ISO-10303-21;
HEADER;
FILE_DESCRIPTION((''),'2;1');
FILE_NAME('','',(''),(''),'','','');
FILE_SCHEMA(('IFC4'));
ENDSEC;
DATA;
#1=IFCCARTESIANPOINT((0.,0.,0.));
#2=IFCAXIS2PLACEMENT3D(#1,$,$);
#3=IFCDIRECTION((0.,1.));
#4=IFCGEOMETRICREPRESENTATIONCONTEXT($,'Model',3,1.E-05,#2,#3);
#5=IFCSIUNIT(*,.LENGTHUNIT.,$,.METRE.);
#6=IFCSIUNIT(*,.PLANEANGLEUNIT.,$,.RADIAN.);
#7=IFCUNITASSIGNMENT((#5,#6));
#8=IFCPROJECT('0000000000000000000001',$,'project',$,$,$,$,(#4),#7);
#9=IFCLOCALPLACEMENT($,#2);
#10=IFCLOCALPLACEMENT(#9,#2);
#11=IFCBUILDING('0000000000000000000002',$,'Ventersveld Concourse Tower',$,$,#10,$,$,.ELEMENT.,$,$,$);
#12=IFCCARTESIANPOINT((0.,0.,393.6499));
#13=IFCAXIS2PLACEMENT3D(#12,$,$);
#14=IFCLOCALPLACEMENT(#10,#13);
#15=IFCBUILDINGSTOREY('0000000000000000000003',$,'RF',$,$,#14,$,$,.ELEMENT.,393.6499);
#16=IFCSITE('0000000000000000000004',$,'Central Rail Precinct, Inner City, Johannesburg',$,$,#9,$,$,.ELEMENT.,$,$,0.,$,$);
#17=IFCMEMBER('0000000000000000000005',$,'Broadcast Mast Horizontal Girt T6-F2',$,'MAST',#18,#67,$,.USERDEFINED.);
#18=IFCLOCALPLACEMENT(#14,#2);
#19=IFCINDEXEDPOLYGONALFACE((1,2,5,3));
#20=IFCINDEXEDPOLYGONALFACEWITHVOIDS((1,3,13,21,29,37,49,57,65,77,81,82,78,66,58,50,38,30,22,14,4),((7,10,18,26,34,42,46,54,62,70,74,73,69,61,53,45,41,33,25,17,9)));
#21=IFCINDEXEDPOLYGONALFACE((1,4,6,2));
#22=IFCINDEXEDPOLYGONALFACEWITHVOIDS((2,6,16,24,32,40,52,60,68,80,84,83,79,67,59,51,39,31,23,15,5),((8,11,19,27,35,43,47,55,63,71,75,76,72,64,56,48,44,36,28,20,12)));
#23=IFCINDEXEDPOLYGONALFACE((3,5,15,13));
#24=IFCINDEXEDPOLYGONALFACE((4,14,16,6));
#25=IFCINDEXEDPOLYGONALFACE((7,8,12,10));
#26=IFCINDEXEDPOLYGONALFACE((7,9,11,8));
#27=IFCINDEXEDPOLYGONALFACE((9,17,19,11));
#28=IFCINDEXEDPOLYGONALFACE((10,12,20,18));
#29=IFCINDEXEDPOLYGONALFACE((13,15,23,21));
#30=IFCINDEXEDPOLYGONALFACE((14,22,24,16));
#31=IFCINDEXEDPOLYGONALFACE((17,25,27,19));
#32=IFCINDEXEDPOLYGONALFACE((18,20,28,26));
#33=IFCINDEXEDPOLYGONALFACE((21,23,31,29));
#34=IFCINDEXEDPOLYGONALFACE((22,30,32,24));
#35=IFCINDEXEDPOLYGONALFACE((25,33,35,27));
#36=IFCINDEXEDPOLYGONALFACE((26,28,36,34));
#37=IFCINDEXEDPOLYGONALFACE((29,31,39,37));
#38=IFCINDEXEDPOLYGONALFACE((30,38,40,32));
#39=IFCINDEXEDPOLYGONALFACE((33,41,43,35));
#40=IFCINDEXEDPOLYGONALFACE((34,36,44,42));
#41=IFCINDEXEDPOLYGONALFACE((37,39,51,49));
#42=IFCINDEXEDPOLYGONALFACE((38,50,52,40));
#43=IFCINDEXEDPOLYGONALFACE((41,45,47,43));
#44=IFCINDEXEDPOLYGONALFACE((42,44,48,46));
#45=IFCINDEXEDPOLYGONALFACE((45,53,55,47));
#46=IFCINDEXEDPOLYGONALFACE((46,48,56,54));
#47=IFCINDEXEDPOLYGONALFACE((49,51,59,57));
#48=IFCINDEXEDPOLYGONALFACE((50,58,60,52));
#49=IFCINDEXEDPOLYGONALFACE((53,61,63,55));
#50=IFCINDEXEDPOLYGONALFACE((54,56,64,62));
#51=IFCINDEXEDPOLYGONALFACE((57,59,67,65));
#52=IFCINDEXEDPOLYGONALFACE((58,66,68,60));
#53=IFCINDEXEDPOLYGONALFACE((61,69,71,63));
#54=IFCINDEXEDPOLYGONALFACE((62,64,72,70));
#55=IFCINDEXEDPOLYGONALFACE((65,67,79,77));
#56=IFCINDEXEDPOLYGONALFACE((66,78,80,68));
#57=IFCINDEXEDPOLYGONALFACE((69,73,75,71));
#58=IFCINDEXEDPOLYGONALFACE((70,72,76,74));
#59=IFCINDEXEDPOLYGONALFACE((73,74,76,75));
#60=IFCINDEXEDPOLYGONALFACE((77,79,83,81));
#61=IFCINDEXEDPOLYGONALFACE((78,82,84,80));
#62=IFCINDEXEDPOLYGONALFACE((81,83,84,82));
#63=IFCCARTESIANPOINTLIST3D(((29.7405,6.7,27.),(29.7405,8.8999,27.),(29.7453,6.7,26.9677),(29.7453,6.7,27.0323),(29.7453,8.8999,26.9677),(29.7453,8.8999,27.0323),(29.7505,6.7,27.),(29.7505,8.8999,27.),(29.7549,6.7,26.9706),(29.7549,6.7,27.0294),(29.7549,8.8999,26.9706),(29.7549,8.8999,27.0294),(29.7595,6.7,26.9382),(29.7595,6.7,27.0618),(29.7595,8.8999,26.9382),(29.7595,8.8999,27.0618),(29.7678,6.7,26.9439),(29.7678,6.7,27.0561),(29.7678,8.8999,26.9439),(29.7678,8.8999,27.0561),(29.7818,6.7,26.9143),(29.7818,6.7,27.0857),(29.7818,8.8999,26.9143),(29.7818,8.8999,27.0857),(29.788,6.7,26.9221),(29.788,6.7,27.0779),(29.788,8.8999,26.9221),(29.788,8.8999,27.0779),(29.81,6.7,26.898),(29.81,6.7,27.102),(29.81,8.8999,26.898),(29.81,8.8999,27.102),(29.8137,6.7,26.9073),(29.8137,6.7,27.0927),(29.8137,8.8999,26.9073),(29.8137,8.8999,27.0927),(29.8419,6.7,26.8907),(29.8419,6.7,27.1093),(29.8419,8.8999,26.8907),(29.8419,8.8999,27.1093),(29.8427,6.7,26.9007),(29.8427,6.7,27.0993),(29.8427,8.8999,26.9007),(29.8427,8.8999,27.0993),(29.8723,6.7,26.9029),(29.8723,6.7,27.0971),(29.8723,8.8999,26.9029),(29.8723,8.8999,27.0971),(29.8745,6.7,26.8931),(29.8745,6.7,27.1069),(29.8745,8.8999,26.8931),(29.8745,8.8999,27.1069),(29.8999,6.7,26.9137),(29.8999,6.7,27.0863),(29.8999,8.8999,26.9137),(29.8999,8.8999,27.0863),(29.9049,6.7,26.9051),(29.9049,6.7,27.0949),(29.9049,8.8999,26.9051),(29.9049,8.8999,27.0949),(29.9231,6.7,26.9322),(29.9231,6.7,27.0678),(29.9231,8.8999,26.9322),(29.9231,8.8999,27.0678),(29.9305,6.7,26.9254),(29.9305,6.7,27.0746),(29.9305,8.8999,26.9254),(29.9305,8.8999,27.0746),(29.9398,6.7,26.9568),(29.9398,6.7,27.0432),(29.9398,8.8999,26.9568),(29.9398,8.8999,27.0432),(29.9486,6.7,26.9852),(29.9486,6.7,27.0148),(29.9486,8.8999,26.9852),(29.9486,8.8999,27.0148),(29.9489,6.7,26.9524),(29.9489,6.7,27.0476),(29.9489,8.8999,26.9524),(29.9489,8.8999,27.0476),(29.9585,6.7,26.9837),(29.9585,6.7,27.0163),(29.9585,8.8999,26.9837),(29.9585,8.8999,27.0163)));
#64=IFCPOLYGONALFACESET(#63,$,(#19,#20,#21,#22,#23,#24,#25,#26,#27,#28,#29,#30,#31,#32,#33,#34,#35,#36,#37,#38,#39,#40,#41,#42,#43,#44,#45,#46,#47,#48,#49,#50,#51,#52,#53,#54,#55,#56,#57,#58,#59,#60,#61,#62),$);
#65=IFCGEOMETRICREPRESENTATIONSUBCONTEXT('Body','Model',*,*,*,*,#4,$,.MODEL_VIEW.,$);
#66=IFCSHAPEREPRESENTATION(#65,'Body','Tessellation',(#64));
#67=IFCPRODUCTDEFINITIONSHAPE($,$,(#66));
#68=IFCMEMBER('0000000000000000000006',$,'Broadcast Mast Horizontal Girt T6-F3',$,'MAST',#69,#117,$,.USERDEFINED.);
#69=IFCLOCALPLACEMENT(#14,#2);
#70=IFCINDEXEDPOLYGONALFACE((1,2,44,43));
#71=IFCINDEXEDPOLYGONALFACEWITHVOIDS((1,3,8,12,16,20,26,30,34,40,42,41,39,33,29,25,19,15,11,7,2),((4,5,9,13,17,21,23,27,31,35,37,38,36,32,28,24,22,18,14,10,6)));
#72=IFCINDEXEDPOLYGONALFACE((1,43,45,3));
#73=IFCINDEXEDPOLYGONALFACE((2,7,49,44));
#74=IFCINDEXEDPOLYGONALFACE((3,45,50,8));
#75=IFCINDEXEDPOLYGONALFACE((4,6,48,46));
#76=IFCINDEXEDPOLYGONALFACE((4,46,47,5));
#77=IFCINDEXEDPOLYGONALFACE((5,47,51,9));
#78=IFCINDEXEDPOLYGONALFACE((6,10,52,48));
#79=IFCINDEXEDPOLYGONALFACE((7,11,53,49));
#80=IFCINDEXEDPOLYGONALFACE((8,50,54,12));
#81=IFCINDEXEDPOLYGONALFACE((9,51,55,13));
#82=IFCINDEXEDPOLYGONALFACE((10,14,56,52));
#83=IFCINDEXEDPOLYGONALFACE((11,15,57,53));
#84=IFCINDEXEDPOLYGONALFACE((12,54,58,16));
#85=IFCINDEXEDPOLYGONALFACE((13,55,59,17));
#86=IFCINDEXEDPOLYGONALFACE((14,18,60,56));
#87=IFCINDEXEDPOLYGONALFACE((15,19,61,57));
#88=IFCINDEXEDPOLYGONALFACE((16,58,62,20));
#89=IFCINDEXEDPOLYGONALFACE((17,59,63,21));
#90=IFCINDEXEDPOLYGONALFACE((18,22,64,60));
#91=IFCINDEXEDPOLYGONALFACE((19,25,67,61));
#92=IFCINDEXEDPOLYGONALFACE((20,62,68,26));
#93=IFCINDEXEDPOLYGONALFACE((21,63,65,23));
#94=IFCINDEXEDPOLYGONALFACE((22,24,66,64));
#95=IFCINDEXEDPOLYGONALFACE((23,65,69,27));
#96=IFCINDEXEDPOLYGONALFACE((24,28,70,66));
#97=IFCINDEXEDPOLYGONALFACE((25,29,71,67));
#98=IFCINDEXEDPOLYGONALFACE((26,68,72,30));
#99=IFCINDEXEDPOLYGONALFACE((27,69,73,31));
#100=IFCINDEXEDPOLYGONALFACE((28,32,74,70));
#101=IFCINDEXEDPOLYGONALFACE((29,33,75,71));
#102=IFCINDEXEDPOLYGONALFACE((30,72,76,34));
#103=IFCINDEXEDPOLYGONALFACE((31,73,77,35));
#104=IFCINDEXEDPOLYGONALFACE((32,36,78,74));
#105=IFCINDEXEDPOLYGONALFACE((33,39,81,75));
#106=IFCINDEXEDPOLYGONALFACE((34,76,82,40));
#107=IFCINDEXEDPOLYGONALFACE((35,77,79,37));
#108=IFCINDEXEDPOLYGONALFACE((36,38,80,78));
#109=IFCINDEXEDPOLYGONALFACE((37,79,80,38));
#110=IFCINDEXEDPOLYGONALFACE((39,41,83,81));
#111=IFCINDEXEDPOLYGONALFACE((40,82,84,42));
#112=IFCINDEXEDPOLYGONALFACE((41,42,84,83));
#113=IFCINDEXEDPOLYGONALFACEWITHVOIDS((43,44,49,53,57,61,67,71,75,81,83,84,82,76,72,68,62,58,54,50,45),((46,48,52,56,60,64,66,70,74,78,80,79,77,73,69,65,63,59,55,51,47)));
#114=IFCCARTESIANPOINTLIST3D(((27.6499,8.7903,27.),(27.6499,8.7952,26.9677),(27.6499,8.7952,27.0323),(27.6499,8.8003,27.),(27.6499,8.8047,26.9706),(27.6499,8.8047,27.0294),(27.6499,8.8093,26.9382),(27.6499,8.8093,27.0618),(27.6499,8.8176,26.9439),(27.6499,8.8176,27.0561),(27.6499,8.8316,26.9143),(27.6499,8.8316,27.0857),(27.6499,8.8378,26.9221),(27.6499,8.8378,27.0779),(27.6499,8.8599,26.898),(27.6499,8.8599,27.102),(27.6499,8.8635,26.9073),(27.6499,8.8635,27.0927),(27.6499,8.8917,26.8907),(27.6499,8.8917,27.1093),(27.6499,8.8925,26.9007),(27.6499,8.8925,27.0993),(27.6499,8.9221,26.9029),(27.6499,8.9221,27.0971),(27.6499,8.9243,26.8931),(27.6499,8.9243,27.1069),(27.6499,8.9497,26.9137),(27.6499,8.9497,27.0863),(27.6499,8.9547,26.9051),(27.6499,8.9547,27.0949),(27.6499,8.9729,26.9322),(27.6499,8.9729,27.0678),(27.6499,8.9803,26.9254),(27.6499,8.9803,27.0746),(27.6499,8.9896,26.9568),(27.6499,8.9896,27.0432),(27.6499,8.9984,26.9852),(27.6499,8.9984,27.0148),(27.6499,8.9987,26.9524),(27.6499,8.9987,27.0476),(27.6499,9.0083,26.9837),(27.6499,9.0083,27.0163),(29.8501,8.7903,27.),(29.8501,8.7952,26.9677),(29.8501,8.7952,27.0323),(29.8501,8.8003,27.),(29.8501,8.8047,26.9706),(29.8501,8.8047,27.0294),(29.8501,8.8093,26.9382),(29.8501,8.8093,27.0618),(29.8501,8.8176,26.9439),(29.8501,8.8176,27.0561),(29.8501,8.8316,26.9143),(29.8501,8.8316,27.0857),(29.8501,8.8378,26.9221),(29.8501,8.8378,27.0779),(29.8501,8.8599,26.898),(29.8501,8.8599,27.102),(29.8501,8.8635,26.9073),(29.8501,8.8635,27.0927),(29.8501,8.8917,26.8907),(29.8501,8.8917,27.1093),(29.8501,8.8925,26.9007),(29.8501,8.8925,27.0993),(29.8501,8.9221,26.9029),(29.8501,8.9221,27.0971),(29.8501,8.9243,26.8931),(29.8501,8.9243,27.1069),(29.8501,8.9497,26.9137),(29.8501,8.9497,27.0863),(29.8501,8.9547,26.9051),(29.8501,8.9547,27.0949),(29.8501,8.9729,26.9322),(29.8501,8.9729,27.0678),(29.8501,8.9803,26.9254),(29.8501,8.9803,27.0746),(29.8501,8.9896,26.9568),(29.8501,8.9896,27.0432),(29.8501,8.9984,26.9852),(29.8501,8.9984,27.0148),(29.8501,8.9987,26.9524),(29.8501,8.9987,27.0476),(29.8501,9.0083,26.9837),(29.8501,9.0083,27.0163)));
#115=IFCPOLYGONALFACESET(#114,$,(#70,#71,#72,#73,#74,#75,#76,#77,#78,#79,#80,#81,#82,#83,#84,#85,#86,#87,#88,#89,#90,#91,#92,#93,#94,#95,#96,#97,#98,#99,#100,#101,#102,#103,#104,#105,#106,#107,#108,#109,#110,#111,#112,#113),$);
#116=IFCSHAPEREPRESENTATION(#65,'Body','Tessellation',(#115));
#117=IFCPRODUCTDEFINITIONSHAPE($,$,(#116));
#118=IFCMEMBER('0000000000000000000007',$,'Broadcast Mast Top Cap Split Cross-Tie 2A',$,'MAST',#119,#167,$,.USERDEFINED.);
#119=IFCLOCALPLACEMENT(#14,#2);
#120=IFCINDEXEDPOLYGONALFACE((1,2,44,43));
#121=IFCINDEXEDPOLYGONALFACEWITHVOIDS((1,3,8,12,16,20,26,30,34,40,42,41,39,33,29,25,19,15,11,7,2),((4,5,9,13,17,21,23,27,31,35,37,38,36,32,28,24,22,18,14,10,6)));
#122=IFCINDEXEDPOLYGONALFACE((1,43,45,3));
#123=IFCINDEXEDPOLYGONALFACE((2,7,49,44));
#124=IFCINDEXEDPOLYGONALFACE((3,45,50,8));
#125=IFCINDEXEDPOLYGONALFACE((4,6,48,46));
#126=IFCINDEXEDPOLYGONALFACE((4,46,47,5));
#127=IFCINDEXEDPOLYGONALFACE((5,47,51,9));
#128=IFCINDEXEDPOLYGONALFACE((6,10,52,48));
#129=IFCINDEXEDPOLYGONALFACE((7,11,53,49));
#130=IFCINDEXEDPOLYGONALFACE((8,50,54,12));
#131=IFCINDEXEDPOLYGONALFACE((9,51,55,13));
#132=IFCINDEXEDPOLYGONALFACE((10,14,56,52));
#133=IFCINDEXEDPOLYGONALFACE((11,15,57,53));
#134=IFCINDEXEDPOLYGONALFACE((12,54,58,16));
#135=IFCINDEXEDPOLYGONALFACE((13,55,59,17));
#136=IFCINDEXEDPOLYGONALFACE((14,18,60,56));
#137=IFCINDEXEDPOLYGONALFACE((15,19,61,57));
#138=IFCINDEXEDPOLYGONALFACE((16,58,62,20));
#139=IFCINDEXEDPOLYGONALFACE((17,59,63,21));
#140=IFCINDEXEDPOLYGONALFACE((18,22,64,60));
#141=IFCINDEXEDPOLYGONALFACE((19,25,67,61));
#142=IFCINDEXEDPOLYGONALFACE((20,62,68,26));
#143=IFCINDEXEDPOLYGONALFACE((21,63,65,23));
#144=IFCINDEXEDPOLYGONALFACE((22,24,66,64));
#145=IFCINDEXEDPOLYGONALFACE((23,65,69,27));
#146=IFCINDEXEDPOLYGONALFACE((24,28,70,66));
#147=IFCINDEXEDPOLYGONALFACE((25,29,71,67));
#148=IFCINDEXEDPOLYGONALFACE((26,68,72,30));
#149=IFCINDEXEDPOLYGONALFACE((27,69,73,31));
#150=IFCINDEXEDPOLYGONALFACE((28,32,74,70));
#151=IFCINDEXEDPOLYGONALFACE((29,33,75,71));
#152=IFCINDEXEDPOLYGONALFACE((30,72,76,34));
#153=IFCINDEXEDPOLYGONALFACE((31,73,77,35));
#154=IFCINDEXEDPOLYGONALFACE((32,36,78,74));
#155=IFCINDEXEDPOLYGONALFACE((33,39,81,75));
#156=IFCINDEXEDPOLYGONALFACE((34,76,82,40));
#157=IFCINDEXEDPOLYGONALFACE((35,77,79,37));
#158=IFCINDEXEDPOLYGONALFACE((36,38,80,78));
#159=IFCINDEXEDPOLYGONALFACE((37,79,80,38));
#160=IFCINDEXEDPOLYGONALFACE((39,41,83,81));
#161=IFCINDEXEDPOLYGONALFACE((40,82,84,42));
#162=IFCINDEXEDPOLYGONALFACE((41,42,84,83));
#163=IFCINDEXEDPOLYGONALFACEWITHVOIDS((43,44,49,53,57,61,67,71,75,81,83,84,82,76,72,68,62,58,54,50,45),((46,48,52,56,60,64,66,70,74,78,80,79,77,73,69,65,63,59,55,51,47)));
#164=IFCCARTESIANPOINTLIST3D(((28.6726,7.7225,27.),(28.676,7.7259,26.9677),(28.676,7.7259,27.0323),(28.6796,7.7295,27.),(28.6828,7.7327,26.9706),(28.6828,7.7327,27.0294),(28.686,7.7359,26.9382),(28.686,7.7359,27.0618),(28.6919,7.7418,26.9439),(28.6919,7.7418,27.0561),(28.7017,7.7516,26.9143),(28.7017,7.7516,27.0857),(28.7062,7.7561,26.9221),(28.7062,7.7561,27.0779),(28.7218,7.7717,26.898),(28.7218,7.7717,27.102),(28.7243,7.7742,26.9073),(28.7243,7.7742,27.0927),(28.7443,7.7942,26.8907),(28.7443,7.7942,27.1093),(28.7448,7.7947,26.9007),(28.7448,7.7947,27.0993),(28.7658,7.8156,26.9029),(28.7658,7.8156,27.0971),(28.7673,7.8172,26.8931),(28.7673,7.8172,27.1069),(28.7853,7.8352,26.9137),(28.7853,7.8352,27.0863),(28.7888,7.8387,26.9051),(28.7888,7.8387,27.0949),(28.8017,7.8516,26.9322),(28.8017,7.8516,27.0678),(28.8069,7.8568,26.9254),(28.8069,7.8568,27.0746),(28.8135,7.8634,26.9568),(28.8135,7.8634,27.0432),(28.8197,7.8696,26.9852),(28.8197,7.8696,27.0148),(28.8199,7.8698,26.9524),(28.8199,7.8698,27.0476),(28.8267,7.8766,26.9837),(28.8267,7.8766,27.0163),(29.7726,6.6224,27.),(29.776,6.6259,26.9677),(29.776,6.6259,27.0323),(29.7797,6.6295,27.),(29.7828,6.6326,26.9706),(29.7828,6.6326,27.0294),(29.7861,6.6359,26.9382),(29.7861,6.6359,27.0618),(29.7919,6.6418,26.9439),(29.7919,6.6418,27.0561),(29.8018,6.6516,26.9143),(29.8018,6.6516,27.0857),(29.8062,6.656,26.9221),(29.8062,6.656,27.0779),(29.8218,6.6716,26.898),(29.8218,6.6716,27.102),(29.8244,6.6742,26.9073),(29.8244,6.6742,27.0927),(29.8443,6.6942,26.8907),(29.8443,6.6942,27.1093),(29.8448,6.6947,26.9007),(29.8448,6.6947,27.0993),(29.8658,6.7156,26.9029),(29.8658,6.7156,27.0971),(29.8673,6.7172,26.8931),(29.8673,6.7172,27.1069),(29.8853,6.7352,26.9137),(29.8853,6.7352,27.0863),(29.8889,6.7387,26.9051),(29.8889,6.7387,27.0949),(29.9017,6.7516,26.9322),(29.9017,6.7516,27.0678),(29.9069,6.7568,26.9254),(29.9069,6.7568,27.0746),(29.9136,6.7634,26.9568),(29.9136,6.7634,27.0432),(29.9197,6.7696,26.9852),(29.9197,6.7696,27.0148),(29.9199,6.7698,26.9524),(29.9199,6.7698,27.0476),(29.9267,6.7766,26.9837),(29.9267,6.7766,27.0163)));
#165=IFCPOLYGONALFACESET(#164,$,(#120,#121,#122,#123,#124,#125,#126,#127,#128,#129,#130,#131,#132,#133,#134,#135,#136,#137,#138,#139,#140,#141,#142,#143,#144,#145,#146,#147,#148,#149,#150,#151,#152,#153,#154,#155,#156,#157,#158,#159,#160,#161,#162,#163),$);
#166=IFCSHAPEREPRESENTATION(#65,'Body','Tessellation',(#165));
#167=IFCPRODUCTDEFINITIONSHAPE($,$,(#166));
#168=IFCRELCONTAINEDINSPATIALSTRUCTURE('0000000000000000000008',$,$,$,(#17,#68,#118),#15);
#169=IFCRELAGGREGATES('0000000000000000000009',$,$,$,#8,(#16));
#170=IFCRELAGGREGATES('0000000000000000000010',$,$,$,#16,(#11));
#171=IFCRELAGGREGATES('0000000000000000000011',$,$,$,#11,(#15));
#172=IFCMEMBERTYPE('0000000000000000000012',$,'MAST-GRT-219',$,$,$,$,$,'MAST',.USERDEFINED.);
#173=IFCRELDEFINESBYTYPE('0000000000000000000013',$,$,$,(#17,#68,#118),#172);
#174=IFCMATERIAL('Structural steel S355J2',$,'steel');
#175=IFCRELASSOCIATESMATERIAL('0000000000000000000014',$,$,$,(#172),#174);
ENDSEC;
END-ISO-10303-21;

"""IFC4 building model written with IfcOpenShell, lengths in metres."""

from ifc_helpers import new_model, si_unit, direction, frame, origin, origin_2d, place, context, subcontext, project, spatial, hollow_circle, extrude, material, material_profile, profile_set, type_object, element, save


model = new_model("IFC4")

# Units and contexts
model_context = context("Model", 3, precision=1e-05, world=origin(), true_north=direction((0.0, 1.0)))
body_context = subcontext(model_context, "Body", "Model", "MODEL_VIEW")
ifc_project = project(units=[si_unit("LENGTHUNIT", "METRE"), si_unit("PLANEANGLEUNIT", "RADIAN")], contexts=[model_context])

# Site, building, storey
site_placement = place(None, origin())
site = spatial("IfcSite", under=ifc_project, at=site_placement, Name="Central Rail Precinct, Inner City, Johannesburg", CompositionType="ELEMENT", RefElevation=0.0)
building_placement = place(site_placement, origin())
building = spatial("IfcBuilding", under=site, at=building_placement, Name="Ventersveld Concourse Tower", CompositionType="ELEMENT")
storey_placement = place(building_placement, frame((0.0, 0.0, 393.6499)))
storey = spatial("IfcBuildingStorey", under=building, at=storey_placement, Name="RF", CompositionType="ELEMENT", Elevation=393.6499)

# Members
ifc_material = material(Name="Structural steel S355J2", Category="steel")
ifc_material_profile_1 = material_profile(ifc_material, hollow_circle(Radius=0.1096, WallThickness=0.01, at=origin_2d()), Name="CHS 219.1x10")
ifc_profile_set_1 = profile_set([ifc_material_profile_1], Name="Structural steel S355J2")
member_type_1 = type_object("IfcMemberType", Name="MAST-GRT-219", ElementType="MAST", PredefinedType="USERDEFINED", material=ifc_profile_set_1)
member_1_placement = place(storey_placement, frame((29.8501, 6.7, 27.0), z_axis=(0.0, 1.0, 0.0), x_axis=(-1.0, 0.0, 0.0)))
element("IfcMember", 1, at=member_1_placement, inside=storey, type_object=member_type_1, Name="Broadcast Mast Horizontal Girt T6-F2", ObjectType="MAST", PredefinedType="USERDEFINED", context=body_context, shape_type="SweptSolid", body=[
    extrude(hollow_circle(Radius=0.1096, WallThickness=0.01, at=origin_2d()), origin(), (0.0, 0.0, 1.0), 2.2),
])
member_2_placement = place(storey_placement, frame((29.8501, 8.8999, 27.0), z_axis=(-1.0, 0.0, 0.0), x_axis=(0.0, -1.0, 0.0)))
element("IfcMember", 2, at=member_2_placement, inside=storey, type_object=member_type_1, Name="Broadcast Mast Horizontal Girt T6-F3", ObjectType="MAST", PredefinedType="USERDEFINED", context=body_context, shape_type="SweptSolid", body=[
    extrude(hollow_circle(Radius=0.1096, WallThickness=0.01, at=origin_2d()), origin(), (0.0, 0.0, 1.0), 2.2002),
])
member_3_placement = place(storey_placement, frame((29.8501, 6.7, 27.0), z_axis=(-0.707107, 0.707107, 0.0), x_axis=(-0.707107, -0.707107, 0.0)))
element("IfcMember", 3, at=member_3_placement, inside=storey, type_object=member_type_1, Name="Broadcast Mast Top Cap Split Cross-Tie 2A", ObjectType="MAST", PredefinedType="USERDEFINED", context=body_context, shape_type="SweptSolid", body=[
    extrude(hollow_circle(Radius=0.1096, WallThickness=0.01, at=origin_2d()), origin(), (0.0, 0.0, 1.0), 1.5557),
])

save(model, "model.ifc")
